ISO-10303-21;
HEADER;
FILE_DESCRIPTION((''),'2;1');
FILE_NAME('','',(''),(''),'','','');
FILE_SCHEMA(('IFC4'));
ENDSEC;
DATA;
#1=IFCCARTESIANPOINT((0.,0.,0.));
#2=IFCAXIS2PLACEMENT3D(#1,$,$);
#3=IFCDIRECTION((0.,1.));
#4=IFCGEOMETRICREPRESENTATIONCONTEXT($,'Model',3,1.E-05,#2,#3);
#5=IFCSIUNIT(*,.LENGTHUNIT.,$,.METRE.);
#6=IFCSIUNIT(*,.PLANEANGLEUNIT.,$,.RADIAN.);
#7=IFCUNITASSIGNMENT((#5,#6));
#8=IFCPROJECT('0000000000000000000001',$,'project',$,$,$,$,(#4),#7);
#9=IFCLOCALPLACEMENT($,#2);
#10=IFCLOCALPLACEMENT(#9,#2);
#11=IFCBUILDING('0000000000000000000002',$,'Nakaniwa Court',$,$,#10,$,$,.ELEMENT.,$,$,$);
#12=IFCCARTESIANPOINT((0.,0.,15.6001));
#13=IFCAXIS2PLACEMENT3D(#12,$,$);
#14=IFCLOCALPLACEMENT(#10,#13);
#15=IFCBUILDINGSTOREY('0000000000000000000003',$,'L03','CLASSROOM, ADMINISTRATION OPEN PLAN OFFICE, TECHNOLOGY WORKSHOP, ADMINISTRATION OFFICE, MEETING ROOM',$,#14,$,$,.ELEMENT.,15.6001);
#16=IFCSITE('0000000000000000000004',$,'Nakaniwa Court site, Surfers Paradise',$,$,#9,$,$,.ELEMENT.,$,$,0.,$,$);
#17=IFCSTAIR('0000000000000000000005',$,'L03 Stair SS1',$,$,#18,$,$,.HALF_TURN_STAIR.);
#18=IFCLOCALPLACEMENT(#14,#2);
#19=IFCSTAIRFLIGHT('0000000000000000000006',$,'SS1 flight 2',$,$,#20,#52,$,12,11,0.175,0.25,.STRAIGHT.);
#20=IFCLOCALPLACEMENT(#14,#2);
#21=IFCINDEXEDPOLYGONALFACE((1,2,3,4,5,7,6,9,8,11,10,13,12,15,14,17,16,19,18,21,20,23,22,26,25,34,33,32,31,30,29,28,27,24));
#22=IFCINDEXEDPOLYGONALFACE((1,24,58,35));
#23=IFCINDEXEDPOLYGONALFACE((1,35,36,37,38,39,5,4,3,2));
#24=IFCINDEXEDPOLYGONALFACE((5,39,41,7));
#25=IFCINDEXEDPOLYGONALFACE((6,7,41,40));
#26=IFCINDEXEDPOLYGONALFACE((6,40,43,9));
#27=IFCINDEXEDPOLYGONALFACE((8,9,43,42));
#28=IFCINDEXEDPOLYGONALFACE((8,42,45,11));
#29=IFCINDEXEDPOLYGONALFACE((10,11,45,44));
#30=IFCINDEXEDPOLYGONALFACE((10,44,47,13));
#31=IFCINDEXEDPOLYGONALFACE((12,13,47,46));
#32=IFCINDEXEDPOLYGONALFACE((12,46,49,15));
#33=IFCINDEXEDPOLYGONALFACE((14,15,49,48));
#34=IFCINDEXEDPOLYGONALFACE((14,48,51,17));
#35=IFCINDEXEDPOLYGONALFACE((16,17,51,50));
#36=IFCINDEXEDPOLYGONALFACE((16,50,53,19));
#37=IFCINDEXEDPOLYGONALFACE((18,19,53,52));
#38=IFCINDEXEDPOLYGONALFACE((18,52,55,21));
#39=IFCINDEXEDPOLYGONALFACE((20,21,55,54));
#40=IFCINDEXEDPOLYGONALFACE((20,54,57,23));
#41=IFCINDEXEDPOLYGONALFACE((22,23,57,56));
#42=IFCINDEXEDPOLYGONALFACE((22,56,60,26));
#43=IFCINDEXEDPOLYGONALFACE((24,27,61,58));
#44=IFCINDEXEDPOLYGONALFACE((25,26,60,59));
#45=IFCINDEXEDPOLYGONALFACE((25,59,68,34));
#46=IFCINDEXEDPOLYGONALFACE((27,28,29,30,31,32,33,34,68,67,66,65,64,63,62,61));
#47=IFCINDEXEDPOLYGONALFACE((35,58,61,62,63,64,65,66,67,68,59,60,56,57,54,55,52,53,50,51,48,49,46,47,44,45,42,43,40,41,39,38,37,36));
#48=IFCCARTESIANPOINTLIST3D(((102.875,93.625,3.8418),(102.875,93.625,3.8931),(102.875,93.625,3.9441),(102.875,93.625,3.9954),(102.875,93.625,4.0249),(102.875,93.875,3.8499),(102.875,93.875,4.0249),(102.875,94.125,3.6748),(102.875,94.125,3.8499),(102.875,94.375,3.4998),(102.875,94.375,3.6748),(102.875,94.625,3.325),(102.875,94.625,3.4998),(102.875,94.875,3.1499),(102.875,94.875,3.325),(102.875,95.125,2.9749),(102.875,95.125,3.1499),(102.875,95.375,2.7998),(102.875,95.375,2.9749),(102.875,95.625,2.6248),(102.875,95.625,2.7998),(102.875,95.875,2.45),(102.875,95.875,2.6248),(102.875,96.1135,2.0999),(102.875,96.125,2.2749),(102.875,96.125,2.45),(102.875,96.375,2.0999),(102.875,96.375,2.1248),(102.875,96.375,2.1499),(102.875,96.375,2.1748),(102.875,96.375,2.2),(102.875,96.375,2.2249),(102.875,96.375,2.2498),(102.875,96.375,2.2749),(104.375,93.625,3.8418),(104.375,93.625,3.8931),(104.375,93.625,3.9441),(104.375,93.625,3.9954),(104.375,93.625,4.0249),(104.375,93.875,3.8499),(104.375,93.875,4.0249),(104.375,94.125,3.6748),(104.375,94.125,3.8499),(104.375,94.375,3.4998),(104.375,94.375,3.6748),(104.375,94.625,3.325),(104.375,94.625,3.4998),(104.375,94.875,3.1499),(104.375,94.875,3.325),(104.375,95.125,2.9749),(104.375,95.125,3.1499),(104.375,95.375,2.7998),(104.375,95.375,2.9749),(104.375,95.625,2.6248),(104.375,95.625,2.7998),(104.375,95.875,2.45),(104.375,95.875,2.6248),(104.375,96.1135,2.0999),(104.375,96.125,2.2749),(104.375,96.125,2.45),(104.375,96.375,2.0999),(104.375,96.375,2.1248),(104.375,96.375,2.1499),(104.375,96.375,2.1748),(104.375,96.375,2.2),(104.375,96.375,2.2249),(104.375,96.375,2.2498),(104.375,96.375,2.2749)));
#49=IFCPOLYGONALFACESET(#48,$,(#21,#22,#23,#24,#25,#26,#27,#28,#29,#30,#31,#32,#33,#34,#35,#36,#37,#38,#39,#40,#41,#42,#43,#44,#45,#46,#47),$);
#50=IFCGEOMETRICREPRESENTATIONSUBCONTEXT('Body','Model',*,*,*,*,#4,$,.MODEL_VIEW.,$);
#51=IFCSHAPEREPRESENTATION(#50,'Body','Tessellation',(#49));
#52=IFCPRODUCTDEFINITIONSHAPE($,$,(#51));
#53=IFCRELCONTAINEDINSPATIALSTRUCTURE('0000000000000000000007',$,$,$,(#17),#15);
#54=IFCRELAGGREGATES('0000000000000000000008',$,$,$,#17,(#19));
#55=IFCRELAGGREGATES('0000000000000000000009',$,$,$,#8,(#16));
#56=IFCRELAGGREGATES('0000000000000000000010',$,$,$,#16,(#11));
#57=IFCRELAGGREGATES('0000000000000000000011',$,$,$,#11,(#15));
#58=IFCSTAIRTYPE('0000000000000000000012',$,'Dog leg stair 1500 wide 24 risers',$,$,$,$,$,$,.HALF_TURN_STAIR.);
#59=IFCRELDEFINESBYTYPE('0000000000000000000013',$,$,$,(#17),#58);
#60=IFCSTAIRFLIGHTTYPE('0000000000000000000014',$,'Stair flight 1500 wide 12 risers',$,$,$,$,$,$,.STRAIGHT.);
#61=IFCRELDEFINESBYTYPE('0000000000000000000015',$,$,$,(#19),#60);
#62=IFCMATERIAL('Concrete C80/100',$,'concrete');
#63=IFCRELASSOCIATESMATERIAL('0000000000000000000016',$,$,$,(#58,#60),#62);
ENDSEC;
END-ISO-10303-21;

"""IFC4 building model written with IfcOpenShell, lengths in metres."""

from ifc_helpers import new_model, si_unit, direction, frame, origin, place, context, subcontext, project, spatial, polyline, outline, extrude, material, type_object, element, aggregate, save


model = new_model("IFC4")

# Units and contexts
model_context = context("Model", 3, precision=1e-05, world=origin(), true_north=direction((0.0, 1.0)))
body_context = subcontext(model_context, "Body", "Model", "MODEL_VIEW")
ifc_project = project(units=[si_unit("LENGTHUNIT", "METRE"), si_unit("PLANEANGLEUNIT", "RADIAN")], contexts=[model_context])

# Site, building, storey
site_placement = place(None, origin())
site = spatial("IfcSite", under=ifc_project, at=site_placement, Name="Nakaniwa Court site, Surfers Paradise", CompositionType="ELEMENT", RefElevation=0.0)
building_placement = place(site_placement, origin())
building = spatial("IfcBuilding", under=site, at=building_placement, Name="Nakaniwa Court", CompositionType="ELEMENT")
storey_placement = place(building_placement, frame((0.0, 0.0, 15.6001)))
storey = spatial("IfcBuildingStorey", under=building, at=storey_placement, Name="L03", Description="CLASSROOM, ADMINISTRATION OPEN PLAN OFFICE, TECHNOLOGY WORKSHOP, ADMINISTRATION OFFICE, MEETING ROOM", CompositionType="ELEMENT", Elevation=15.6001)

# Stair, stair flight
ifc_material_1 = material(Name="Concrete C80/100", Category="concrete")
stair_type = type_object("IfcStairType", Name="Dog leg stair 1500 wide 24 risers", PredefinedType="HALF_TURN_STAIR", material=ifc_material_1)
stair_placement = place(storey_placement, origin())
stair = element("IfcStair", 1, at=stair_placement, inside=storey, type_object=stair_type, Name="L03 Stair SS1", PredefinedType="HALF_TURN_STAIR")
stair_flight_type = type_object("IfcStairFlightType", Name="Stair flight 1500 wide 12 risers", PredefinedType="STRAIGHT", material=ifc_material_1)
stair_flight_1_placement = place(storey_placement, frame((103.625, 96.375, 2.0999), z_axis=(0.0, 0.0, 1.0), x_axis=(0.0, -1.0, 0.0)))
stair_flight_1 = element("IfcStairFlight", 2, at=stair_flight_1_placement, type_object=stair_flight_type, Name="SS1 flight 2", NumberOfRisers=12, NumberOfTreads=11, PredefinedType="STRAIGHT", RiserHeight=0.175, TreadLength=0.25, context=body_context, shape_type="SweptSolid", body=[
    extrude(outline(polyline([(0.0, 0.0), (0.0, 0.0249), (0.0, 0.05), (0.0, 0.075), (0.0, 0.1001), (0.0, 0.125), (0.0, 0.1499), (0.0, 0.175), (0.25, 0.175), (0.25, 0.3501), (0.5, 0.3501), (0.5, 0.5249), (0.75, 0.5249), (0.75, 0.7), (1.0, 0.7), (1.0, 0.875), (1.25, 0.875), (1.25, 1.05), (1.5, 1.05), (1.5, 1.2251), (1.75, 1.2251), (1.75, 1.3999), (2.0, 1.3999), (2.0, 1.575), (2.25, 1.575), (2.25, 1.75), (2.5, 1.75), (2.5, 1.925), (2.75, 1.925), (2.75, 2.1001), (2.75, 2.0488), (2.75, 1.9978), (2.75, 1.9465), (2.75, 1.8955), (2.75, 1.8442), (2.75, 1.7932), (2.75, 1.7419), (0.2615, 0.0), (0.0, 0.0)])), frame((0.0, 0.75, 0.0), z_axis=(0.0, -1.0, 0.0), x_axis=(1.0, 0.0, 0.0)), (0.0, 0.0, 1.0), 1.5),
])
aggregate(stair, [stair_flight_1])

save(model, "model.ifc")
